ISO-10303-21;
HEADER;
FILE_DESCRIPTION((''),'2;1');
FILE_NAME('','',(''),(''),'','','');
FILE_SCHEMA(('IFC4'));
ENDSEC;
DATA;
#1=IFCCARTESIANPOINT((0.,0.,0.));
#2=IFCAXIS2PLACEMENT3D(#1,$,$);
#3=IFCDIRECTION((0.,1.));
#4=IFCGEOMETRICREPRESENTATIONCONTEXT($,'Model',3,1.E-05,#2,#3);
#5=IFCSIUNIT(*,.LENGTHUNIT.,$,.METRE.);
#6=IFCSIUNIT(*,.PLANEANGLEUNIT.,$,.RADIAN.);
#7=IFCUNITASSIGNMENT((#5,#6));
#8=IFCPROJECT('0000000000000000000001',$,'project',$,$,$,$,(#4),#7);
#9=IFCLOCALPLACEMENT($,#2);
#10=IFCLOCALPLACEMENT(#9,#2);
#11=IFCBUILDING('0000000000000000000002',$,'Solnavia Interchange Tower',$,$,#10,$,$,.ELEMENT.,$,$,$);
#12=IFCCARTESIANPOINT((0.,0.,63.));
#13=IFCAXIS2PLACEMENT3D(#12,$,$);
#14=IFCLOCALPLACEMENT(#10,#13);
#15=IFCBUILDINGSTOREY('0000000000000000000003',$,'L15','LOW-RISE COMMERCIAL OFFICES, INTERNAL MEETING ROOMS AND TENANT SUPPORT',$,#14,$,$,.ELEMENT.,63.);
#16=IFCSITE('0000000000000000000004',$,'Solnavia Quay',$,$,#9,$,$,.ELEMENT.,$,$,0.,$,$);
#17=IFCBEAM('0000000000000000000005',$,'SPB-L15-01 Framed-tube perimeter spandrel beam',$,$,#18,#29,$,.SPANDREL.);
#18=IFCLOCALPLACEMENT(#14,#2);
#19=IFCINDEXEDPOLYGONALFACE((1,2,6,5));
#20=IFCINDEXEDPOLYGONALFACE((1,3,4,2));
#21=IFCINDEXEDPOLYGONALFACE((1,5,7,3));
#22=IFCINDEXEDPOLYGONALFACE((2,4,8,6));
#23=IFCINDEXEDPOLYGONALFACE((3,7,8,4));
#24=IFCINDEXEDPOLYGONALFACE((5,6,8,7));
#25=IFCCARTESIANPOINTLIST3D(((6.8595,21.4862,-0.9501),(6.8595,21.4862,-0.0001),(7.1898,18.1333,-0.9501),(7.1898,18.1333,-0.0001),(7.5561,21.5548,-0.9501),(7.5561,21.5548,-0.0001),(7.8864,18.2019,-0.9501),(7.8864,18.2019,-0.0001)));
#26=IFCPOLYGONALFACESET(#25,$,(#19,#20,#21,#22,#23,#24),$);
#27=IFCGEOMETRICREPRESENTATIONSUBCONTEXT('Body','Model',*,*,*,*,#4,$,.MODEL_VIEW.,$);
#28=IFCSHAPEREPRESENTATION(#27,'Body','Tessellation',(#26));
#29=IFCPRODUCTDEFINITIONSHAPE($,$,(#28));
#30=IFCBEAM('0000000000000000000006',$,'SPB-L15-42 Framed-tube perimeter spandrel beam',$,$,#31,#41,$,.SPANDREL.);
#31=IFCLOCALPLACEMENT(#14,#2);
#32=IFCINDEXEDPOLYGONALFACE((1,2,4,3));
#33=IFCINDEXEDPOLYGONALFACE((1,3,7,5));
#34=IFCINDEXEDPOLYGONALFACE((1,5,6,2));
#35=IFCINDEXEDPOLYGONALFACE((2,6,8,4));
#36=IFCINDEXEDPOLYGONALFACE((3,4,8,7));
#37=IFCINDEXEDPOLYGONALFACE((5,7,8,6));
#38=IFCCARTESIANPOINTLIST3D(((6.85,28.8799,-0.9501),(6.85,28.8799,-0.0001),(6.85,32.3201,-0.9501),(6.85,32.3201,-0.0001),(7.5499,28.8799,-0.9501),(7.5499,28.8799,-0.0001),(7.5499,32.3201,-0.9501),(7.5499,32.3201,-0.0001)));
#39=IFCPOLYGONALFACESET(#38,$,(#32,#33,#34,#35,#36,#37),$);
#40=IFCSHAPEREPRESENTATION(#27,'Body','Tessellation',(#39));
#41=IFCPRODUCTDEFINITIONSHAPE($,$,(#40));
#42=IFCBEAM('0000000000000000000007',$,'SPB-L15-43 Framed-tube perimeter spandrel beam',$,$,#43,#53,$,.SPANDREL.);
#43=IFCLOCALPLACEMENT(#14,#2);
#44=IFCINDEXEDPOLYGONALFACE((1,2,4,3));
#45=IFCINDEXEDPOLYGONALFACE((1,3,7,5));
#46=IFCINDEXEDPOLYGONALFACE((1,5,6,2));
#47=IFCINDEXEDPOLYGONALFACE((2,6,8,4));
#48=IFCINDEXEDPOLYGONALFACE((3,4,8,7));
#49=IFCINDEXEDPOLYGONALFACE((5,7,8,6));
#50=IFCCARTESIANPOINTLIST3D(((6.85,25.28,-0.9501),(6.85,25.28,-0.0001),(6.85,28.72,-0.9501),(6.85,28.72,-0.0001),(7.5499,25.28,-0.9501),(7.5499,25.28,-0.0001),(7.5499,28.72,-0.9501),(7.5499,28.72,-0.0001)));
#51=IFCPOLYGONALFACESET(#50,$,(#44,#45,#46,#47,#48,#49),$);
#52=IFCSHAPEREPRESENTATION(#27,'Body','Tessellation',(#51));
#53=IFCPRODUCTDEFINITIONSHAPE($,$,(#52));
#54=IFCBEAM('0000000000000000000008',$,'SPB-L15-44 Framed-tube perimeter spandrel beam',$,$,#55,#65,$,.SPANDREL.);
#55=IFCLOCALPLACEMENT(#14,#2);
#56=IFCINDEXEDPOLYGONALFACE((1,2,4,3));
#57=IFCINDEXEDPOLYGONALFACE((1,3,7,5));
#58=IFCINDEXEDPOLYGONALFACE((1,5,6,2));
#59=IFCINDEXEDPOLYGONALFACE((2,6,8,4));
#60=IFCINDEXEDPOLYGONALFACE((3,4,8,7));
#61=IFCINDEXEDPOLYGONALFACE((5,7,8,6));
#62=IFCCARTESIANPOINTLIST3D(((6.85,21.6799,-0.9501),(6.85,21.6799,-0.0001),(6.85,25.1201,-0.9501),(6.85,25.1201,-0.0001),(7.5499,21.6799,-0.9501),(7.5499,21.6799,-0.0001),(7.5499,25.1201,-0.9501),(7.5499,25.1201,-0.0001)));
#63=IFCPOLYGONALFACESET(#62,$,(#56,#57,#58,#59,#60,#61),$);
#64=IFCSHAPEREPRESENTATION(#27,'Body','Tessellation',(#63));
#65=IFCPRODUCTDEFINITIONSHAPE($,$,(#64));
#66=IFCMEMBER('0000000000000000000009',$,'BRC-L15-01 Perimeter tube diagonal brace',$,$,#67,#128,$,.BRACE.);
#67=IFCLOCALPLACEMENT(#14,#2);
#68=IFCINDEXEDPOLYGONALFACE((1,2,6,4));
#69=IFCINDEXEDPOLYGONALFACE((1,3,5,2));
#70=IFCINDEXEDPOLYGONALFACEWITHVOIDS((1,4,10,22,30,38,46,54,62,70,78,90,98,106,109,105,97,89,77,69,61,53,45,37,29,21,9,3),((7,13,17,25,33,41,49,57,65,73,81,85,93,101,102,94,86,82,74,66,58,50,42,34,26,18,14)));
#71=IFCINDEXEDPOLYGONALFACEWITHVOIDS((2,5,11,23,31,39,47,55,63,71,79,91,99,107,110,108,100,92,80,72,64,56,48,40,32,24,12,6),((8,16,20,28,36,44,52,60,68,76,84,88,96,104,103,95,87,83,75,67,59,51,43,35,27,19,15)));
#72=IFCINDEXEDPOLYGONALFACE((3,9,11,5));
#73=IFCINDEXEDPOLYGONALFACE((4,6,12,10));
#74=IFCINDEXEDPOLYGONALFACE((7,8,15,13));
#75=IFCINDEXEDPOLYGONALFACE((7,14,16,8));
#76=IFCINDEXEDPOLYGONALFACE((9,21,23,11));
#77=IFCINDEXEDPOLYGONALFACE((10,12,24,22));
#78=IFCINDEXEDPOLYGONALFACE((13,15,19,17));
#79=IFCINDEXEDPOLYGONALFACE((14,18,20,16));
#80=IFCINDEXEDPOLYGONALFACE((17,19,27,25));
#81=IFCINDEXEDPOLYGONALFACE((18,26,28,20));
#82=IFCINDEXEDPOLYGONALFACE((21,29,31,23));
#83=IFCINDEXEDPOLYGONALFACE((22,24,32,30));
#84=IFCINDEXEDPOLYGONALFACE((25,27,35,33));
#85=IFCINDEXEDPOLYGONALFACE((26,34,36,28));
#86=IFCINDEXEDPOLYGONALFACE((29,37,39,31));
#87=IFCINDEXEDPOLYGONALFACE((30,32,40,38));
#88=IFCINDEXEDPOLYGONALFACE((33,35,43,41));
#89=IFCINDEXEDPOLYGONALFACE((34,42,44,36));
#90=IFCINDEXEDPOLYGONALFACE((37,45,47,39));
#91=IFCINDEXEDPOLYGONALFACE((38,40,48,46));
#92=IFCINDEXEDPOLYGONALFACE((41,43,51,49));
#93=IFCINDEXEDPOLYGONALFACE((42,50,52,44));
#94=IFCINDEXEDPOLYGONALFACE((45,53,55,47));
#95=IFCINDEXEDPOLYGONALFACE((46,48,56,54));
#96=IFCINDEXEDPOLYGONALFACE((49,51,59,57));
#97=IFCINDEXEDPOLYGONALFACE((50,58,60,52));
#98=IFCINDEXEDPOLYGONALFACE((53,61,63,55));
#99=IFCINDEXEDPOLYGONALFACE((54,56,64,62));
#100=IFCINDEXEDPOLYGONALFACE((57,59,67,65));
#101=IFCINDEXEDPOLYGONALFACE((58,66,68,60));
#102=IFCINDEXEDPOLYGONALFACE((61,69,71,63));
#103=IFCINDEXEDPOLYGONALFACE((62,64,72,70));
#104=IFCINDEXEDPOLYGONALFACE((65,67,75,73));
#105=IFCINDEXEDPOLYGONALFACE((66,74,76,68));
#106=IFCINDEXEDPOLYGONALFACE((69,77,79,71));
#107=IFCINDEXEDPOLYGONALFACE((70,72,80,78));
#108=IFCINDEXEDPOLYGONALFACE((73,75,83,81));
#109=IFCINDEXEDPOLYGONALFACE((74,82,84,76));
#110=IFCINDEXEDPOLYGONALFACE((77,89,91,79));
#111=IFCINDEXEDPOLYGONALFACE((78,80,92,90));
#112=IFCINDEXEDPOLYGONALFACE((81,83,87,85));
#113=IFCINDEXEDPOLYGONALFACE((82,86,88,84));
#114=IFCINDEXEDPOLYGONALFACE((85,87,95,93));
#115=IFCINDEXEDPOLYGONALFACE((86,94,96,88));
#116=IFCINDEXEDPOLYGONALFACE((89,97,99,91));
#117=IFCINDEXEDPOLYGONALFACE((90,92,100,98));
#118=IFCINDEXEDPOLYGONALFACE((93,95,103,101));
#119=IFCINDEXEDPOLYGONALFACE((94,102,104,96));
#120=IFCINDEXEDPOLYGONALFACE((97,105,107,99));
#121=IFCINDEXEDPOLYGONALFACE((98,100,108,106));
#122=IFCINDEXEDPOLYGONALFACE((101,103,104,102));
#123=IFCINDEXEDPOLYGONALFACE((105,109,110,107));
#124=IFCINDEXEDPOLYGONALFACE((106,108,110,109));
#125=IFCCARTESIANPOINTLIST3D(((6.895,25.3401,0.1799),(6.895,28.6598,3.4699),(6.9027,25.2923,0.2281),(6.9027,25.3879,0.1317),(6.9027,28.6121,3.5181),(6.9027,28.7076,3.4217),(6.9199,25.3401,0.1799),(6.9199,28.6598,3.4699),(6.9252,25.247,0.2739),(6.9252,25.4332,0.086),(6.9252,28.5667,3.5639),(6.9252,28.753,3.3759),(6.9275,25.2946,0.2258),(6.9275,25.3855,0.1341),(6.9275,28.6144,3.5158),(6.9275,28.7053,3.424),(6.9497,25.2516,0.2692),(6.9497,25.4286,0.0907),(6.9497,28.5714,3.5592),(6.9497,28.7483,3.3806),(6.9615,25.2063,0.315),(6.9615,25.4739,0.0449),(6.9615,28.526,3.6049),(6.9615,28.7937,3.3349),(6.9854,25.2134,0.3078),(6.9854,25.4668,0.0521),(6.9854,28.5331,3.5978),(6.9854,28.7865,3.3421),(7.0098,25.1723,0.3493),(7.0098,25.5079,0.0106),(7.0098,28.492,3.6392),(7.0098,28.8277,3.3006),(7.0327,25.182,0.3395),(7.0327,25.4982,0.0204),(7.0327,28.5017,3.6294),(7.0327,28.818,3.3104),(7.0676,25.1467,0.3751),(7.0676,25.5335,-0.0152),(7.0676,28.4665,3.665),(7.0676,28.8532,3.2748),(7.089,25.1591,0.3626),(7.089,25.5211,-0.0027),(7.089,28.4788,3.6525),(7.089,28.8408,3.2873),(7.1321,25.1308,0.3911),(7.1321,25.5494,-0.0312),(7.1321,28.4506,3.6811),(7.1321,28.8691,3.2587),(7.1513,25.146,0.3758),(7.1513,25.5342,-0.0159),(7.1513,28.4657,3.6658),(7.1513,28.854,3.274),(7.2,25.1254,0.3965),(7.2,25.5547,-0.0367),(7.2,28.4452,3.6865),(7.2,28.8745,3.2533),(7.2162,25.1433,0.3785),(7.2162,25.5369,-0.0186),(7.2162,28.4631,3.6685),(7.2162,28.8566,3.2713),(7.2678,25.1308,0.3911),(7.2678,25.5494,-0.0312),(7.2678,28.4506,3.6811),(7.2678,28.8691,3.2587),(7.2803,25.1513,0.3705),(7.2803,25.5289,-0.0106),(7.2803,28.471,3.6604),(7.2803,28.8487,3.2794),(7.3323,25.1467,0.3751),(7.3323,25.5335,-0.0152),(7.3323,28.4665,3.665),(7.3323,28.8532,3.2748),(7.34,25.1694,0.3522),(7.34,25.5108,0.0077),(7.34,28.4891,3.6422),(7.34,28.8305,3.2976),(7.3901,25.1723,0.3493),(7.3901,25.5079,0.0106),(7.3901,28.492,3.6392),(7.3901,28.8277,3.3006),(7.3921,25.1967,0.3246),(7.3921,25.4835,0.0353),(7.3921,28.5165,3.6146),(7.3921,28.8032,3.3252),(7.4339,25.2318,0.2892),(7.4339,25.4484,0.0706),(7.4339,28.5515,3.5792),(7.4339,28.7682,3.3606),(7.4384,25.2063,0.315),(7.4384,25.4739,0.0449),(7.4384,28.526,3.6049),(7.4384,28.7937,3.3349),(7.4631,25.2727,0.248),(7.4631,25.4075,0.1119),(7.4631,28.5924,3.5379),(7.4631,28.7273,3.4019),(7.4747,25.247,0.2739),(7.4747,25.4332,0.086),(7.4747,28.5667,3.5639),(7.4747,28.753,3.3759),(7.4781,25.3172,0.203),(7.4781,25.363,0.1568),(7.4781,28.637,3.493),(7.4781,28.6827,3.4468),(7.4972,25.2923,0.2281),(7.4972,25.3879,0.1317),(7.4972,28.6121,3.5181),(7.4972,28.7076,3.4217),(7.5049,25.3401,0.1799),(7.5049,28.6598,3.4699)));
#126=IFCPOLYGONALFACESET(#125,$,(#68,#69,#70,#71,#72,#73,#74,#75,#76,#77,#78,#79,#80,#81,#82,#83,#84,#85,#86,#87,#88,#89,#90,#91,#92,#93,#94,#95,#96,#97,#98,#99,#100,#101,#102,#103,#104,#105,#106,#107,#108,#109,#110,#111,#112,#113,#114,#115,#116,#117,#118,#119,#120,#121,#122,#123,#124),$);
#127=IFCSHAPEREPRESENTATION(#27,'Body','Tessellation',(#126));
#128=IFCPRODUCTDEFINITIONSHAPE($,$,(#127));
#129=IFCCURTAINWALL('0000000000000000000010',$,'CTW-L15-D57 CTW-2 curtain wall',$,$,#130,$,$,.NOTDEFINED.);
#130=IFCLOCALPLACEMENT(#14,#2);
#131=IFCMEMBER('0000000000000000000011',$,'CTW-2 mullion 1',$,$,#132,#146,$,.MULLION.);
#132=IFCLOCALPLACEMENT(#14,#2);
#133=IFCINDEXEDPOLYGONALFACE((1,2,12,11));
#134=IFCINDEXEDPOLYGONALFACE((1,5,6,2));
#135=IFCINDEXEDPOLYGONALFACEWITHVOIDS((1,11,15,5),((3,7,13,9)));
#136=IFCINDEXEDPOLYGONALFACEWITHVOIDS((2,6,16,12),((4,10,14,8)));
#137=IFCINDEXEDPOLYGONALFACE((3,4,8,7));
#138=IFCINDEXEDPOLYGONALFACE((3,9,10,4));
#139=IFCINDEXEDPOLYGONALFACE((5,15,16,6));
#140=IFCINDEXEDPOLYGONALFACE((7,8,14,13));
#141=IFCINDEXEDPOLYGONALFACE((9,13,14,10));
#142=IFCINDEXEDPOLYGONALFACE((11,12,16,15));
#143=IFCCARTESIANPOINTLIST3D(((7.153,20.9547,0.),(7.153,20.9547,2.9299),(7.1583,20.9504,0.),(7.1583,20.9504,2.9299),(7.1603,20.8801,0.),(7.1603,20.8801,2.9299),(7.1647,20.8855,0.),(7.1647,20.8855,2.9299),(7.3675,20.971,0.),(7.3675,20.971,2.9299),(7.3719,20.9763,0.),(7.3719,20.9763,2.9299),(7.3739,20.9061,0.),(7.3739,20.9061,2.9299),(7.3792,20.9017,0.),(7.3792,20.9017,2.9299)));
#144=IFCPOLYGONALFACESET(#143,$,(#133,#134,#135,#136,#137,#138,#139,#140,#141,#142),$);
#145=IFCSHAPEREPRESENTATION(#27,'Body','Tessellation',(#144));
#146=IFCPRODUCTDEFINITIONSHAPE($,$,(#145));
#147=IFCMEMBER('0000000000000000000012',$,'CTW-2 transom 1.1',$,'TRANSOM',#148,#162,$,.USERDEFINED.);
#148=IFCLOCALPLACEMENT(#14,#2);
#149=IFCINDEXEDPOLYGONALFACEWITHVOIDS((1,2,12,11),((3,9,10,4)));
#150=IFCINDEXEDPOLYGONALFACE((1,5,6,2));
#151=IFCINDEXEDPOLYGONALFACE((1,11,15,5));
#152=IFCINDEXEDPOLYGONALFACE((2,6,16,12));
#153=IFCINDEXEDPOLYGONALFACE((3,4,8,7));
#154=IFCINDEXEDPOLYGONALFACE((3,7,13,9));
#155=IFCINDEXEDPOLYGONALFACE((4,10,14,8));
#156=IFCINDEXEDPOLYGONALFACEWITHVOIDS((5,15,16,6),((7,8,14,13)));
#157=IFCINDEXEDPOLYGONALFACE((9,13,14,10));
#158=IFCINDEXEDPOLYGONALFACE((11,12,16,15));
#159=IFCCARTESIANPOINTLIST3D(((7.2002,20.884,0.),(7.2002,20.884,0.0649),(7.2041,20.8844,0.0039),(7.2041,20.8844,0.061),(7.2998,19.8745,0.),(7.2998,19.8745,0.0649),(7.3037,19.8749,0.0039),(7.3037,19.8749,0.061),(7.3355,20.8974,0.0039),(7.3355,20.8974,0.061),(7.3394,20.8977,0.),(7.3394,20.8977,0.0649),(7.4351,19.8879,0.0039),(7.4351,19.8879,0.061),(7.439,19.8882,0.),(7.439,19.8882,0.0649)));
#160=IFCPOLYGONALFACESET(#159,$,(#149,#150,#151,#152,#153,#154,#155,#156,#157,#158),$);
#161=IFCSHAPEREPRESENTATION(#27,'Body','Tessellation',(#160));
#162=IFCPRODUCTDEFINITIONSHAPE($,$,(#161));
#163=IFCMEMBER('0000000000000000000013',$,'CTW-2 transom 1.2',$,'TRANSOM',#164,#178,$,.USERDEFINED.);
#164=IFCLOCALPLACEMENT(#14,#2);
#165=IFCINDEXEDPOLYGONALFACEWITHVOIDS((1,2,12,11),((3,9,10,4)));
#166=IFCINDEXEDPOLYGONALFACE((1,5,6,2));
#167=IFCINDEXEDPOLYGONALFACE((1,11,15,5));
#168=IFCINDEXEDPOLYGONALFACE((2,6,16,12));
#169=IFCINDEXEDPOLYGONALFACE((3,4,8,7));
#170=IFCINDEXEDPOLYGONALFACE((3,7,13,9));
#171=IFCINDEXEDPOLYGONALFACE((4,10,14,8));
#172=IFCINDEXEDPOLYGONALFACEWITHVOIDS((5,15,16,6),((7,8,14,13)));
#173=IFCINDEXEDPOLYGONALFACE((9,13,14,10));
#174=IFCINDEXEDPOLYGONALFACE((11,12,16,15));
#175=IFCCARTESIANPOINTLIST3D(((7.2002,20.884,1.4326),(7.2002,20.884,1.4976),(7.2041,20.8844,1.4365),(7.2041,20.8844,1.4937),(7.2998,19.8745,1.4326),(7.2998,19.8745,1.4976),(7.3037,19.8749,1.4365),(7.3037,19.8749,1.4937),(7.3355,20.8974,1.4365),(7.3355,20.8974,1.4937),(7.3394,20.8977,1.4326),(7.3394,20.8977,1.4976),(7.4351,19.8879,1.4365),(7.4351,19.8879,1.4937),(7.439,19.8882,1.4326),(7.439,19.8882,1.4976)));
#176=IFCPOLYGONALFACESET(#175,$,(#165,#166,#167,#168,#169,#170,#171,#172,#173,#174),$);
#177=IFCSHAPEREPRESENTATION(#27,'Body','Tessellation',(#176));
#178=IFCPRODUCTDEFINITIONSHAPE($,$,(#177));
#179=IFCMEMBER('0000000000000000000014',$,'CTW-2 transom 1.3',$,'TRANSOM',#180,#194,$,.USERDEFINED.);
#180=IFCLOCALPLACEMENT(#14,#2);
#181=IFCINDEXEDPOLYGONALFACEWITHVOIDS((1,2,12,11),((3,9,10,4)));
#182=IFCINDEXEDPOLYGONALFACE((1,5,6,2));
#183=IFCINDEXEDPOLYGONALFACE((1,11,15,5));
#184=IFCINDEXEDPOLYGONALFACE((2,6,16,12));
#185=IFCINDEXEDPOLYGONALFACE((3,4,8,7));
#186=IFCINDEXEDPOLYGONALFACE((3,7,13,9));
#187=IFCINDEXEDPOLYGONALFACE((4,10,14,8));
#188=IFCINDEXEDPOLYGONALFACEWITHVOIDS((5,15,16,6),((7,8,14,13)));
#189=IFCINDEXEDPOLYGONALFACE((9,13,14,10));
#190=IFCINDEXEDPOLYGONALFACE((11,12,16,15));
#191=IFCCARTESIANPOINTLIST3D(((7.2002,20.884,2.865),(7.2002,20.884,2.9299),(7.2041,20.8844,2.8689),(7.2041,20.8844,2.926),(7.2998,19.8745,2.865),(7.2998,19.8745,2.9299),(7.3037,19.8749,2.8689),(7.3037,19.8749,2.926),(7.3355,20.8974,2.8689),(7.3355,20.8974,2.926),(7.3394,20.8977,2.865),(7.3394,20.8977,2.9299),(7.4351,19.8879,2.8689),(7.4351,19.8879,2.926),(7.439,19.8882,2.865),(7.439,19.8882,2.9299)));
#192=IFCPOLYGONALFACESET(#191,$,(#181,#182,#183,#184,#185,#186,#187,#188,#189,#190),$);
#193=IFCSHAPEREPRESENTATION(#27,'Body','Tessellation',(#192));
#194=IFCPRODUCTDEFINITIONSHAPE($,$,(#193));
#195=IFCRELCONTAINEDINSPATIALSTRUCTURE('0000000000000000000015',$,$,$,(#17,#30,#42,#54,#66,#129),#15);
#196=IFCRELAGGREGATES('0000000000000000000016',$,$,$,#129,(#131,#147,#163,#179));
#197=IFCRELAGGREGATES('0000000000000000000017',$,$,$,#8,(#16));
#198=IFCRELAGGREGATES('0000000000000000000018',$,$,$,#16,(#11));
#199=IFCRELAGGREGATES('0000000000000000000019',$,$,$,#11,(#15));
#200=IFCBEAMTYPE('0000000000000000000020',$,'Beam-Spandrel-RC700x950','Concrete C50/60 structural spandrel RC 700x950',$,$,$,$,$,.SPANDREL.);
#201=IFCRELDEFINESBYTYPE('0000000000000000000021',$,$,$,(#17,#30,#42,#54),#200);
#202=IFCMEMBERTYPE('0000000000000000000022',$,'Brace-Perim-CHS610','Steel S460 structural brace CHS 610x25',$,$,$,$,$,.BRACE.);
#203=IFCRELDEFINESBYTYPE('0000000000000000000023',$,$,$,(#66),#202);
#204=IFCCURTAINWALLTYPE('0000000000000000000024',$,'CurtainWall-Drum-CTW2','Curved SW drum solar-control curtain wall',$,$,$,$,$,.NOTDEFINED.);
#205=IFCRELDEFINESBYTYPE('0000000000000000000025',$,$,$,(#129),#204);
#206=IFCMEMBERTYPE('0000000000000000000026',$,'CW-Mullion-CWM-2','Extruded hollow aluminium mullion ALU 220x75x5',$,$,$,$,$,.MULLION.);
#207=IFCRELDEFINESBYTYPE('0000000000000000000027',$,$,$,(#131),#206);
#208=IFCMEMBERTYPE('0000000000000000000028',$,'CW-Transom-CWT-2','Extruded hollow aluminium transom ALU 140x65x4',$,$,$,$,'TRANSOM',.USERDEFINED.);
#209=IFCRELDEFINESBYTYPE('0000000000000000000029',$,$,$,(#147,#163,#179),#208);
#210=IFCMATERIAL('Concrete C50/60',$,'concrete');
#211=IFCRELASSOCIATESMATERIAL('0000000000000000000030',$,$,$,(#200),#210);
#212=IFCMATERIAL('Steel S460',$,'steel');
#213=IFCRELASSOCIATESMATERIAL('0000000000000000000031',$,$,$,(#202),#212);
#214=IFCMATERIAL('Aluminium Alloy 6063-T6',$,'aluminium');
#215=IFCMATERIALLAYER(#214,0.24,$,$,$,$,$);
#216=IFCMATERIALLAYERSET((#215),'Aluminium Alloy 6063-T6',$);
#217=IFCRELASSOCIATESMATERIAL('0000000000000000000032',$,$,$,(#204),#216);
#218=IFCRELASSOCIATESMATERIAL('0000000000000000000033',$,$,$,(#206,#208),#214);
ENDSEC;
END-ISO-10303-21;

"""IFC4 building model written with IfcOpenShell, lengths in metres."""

from ifc_helpers import new_model, si_unit, direction, frame, origin, origin_2d, place, context, subcontext, project, spatial, rectangle, hollow_rectangle, hollow_circle, extrude, material, layer, layer_set, material_profile, profile_set, type_object, element, aggregate, save


model = new_model("IFC4")

# Units and contexts
model_context = context("Model", 3, precision=1e-05, world=origin(), true_north=direction((0.0, 1.0)))
body_context = subcontext(model_context, "Body", "Model", "MODEL_VIEW")
ifc_project = project(units=[si_unit("LENGTHUNIT", "METRE"), si_unit("PLANEANGLEUNIT", "RADIAN")], contexts=[model_context])

# Site, building, storey
site_placement = place(None, origin())
site = spatial("IfcSite", under=ifc_project, at=site_placement, Name="Solnavia Quay", CompositionType="ELEMENT", RefElevation=0.0)
building_placement = place(site_placement, origin())
building = spatial("IfcBuilding", under=site, at=building_placement, Name="Solnavia Interchange Tower", CompositionType="ELEMENT")
storey_placement = place(building_placement, frame((0.0, 0.0, 63.0)))
storey = spatial("IfcBuildingStorey", under=building, at=storey_placement, Name="L15", Description="LOW-RISE COMMERCIAL OFFICES, INTERNAL MEETING ROOMS AND TENANT SUPPORT", CompositionType="ELEMENT", Elevation=63.0)

# Beams
ifc_material_1 = material(Name="Steel S460", Category="steel")
ifc_material_2 = material(Name="Concrete C50/60", Category="concrete")
ifc_material_profile_1 = material_profile(ifc_material_2, rectangle(XDim=0.7, YDim=0.95, at=origin_2d()), Name="RC 700x950")
ifc_profile_set_1 = profile_set([ifc_material_profile_1], Name="Concrete C50/60")
beam_type_1 = type_object("IfcBeamType", Name="Beam-Spandrel-RC700x950", Description="Concrete C50/60 structural spandrel RC 700x950", PredefinedType="SPANDREL", material=ifc_profile_set_1)
beam_1_placement = place(storey_placement, frame((7.2078, 21.5205, -0.4751), z_axis=(0.09804, -0.995182, 0.0), x_axis=(0.995182, 0.09804, 0.0)))
element("IfcBeam", 1, at=beam_1_placement, inside=storey, type_object=beam_type_1, Name="SPB-L15-01 Framed-tube perimeter spandrel beam", PredefinedType="SPANDREL", context=body_context, shape_type="SweptSolid", body=[
    extrude(rectangle(XDim=0.7, YDim=0.95, at=origin_2d()), origin(), (0.0, 0.0, 1.0), 3.3691),
])
beam_2_placement = place(storey_placement, frame((7.2, 32.3201, -0.4751), z_axis=(0.0, -1.0, 0.0), x_axis=(1.0, 0.0, 0.0)))
element("IfcBeam", 2, at=beam_2_placement, inside=storey, type_object=beam_type_1, Name="SPB-L15-42 Framed-tube perimeter spandrel beam", PredefinedType="SPANDREL", context=body_context, shape_type="SweptSolid", body=[
    extrude(rectangle(XDim=0.7, YDim=0.95, at=origin_2d()), origin(), (0.0, 0.0, 1.0), 3.4402),
])
beam_3_placement = place(storey_placement, frame((7.2, 28.72, -0.4751), z_axis=(0.0, -1.0, 0.0), x_axis=(1.0, 0.0, 0.0)))
element("IfcBeam", 3, at=beam_3_placement, inside=storey, type_object=beam_type_1, Name="SPB-L15-43 Framed-tube perimeter spandrel beam", PredefinedType="SPANDREL", context=body_context, shape_type="SweptSolid", body=[
    extrude(rectangle(XDim=0.7, YDim=0.95, at=origin_2d()), origin(), (0.0, 0.0, 1.0), 3.4399),
])
beam_4_placement = place(storey_placement, frame((7.2, 25.1201, -0.4751), z_axis=(0.0, -1.0, 0.0), x_axis=(1.0, 0.0, 0.0)))
element("IfcBeam", 4, at=beam_4_placement, inside=storey, type_object=beam_type_1, Name="SPB-L15-44 Framed-tube perimeter spandrel beam", PredefinedType="SPANDREL", context=body_context, shape_type="SweptSolid", body=[
    extrude(rectangle(XDim=0.7, YDim=0.95, at=origin_2d()), origin(), (0.0, 0.0, 1.0), 3.4402),
])

# Member
ifc_material_profile_2 = material_profile(ifc_material_1, hollow_circle(Radius=0.3049, WallThickness=0.0249, at=origin_2d()), Name="CHS 610x25")
ifc_profile_set_2 = profile_set([ifc_material_profile_2], Name="Steel S460")
member_type_1 = type_object("IfcMemberType", Name="Brace-Perim-CHS610", Description="Steel S460 structural brace CHS 610x25", PredefinedType="BRACE", material=ifc_profile_set_2)
member_1_placement = place(storey_placement, frame((7.2, 25.3401, 0.1799), z_axis=(0.0, 0.710286, 0.703913), x_axis=(-1.0, 0.0, 0.0)))
element("IfcMember", 5, at=member_1_placement, inside=storey, type_object=member_type_1, Name="BRC-L15-01 Perimeter tube diagonal brace", PredefinedType="BRACE", context=body_context, shape_type="SweptSolid", body=[
    extrude(hollow_circle(Radius=0.3049, WallThickness=0.0249, at=origin_2d()), origin(), (0.0, 0.0, 1.0), 4.6738),
])

# Curtain wall, members
ifc_material_3 = material(Name="Aluminium Alloy 6063-T6", Category="aluminium")
ifc_layer_1 = layer(ifc_material_3, 0.24)
ifc_layer_set_1 = layer_set([ifc_layer_1], Name="Aluminium Alloy 6063-T6")
curtain_wall_type = type_object("IfcCurtainWallType", Name="CurtainWall-Drum-CTW2", Description="Curved SW drum solar-control curtain wall", PredefinedType="NOTDEFINED", material=ifc_layer_set_1)
curtain_wall_placement = place(storey_placement, origin())
curtain_wall = element("IfcCurtainWall", 6, at=curtain_wall_placement, inside=storey, type_object=curtain_wall_type, Name="CTW-L15-D57 CTW-2 curtain wall", PredefinedType="NOTDEFINED")
ifc_material_profile_3 = material_profile(ifc_material_3, hollow_rectangle(XDim=0.075, YDim=0.22, WallThickness=0.0049, at=origin_2d()), Name="ALU 220x75x5")
ifc_profile_set_3 = profile_set([ifc_material_profile_3], Name="Aluminium Alloy 6063-T6")
member_type_2 = type_object("IfcMemberType", Name="CW-Mullion-CWM-2", Description="Extruded hollow aluminium mullion ALU 220x75x5", PredefinedType="MULLION", material=ifc_profile_set_3)
member_2_placement = place(storey_placement, frame((7.2661, 20.9282, 0.0), z_axis=(0.0, 0.0, 1.0), x_axis=(0.098045, -0.995182, 0.0)))
member_2 = element("IfcMember", 7, at=member_2_placement, type_object=member_type_2, Name="CTW-2 mullion 1", PredefinedType="MULLION", context=body_context, shape_type="SweptSolid", body=[
    extrude(hollow_rectangle(XDim=0.075, YDim=0.22, WallThickness=0.0049, at=origin_2d()), origin(), (0.0, 0.0, 1.0), 2.9299),
])
ifc_material_profile_4 = material_profile(ifc_material_3, hollow_rectangle(XDim=0.0649, YDim=0.1399, WallThickness=0.0039, at=origin_2d()), Name="ALU 140x65x4")
ifc_profile_set_4 = profile_set([ifc_material_profile_4], Name="Aluminium Alloy 6063-T6")
member_type_3 = type_object("IfcMemberType", Name="CW-Transom-CWT-2", Description="Extruded hollow aluminium transom ALU 140x65x4", ElementType="TRANSOM", PredefinedType="USERDEFINED", material=ifc_profile_set_4)
member_3_placement = place(storey_placement, frame((7.2698, 20.8909, 0.0325), z_axis=(0.098193, -0.995167, 0.0), x_axis=(0.0, 0.0, 1.0)))
member_3 = element("IfcMember", 8, at=member_3_placement, type_object=member_type_3, Name="CTW-2 transom 1.1", ObjectType="TRANSOM", PredefinedType="USERDEFINED", context=body_context, shape_type="SweptSolid", body=[
    extrude(hollow_rectangle(XDim=0.0649, YDim=0.1399, WallThickness=0.0039, at=origin_2d()), origin(), (0.0, 0.0, 1.0), 1.0144),
])
member_4_placement = place(storey_placement, frame((7.2698, 20.8909, 1.4651), z_axis=(0.098193, -0.995167, 0.0), x_axis=(0.0, 0.0, 1.0)))
member_4 = element("IfcMember", 9, at=member_4_placement, type_object=member_type_3, Name="CTW-2 transom 1.2", ObjectType="TRANSOM", PredefinedType="USERDEFINED", context=body_context, shape_type="SweptSolid", body=[
    extrude(hollow_rectangle(XDim=0.0649, YDim=0.1399, WallThickness=0.0039, at=origin_2d()), origin(), (0.0, 0.0, 1.0), 1.0144),
])
member_5_placement = place(storey_placement, frame((7.2698, 20.8909, 2.8975), z_axis=(0.098193, -0.995167, 0.0), x_axis=(0.0, 0.0, 1.0)))
member_5 = element("IfcMember", 10, at=member_5_placement, type_object=member_type_3, Name="CTW-2 transom 1.3", ObjectType="TRANSOM", PredefinedType="USERDEFINED", context=body_context, shape_type="SweptSolid", body=[
    extrude(hollow_rectangle(XDim=0.0649, YDim=0.1399, WallThickness=0.0039, at=origin_2d()), origin(), (0.0, 0.0, 1.0), 1.0144),
])
aggregate(curtain_wall, [member_2, member_3, member_4, member_5])

save(model, "model.ifc")
